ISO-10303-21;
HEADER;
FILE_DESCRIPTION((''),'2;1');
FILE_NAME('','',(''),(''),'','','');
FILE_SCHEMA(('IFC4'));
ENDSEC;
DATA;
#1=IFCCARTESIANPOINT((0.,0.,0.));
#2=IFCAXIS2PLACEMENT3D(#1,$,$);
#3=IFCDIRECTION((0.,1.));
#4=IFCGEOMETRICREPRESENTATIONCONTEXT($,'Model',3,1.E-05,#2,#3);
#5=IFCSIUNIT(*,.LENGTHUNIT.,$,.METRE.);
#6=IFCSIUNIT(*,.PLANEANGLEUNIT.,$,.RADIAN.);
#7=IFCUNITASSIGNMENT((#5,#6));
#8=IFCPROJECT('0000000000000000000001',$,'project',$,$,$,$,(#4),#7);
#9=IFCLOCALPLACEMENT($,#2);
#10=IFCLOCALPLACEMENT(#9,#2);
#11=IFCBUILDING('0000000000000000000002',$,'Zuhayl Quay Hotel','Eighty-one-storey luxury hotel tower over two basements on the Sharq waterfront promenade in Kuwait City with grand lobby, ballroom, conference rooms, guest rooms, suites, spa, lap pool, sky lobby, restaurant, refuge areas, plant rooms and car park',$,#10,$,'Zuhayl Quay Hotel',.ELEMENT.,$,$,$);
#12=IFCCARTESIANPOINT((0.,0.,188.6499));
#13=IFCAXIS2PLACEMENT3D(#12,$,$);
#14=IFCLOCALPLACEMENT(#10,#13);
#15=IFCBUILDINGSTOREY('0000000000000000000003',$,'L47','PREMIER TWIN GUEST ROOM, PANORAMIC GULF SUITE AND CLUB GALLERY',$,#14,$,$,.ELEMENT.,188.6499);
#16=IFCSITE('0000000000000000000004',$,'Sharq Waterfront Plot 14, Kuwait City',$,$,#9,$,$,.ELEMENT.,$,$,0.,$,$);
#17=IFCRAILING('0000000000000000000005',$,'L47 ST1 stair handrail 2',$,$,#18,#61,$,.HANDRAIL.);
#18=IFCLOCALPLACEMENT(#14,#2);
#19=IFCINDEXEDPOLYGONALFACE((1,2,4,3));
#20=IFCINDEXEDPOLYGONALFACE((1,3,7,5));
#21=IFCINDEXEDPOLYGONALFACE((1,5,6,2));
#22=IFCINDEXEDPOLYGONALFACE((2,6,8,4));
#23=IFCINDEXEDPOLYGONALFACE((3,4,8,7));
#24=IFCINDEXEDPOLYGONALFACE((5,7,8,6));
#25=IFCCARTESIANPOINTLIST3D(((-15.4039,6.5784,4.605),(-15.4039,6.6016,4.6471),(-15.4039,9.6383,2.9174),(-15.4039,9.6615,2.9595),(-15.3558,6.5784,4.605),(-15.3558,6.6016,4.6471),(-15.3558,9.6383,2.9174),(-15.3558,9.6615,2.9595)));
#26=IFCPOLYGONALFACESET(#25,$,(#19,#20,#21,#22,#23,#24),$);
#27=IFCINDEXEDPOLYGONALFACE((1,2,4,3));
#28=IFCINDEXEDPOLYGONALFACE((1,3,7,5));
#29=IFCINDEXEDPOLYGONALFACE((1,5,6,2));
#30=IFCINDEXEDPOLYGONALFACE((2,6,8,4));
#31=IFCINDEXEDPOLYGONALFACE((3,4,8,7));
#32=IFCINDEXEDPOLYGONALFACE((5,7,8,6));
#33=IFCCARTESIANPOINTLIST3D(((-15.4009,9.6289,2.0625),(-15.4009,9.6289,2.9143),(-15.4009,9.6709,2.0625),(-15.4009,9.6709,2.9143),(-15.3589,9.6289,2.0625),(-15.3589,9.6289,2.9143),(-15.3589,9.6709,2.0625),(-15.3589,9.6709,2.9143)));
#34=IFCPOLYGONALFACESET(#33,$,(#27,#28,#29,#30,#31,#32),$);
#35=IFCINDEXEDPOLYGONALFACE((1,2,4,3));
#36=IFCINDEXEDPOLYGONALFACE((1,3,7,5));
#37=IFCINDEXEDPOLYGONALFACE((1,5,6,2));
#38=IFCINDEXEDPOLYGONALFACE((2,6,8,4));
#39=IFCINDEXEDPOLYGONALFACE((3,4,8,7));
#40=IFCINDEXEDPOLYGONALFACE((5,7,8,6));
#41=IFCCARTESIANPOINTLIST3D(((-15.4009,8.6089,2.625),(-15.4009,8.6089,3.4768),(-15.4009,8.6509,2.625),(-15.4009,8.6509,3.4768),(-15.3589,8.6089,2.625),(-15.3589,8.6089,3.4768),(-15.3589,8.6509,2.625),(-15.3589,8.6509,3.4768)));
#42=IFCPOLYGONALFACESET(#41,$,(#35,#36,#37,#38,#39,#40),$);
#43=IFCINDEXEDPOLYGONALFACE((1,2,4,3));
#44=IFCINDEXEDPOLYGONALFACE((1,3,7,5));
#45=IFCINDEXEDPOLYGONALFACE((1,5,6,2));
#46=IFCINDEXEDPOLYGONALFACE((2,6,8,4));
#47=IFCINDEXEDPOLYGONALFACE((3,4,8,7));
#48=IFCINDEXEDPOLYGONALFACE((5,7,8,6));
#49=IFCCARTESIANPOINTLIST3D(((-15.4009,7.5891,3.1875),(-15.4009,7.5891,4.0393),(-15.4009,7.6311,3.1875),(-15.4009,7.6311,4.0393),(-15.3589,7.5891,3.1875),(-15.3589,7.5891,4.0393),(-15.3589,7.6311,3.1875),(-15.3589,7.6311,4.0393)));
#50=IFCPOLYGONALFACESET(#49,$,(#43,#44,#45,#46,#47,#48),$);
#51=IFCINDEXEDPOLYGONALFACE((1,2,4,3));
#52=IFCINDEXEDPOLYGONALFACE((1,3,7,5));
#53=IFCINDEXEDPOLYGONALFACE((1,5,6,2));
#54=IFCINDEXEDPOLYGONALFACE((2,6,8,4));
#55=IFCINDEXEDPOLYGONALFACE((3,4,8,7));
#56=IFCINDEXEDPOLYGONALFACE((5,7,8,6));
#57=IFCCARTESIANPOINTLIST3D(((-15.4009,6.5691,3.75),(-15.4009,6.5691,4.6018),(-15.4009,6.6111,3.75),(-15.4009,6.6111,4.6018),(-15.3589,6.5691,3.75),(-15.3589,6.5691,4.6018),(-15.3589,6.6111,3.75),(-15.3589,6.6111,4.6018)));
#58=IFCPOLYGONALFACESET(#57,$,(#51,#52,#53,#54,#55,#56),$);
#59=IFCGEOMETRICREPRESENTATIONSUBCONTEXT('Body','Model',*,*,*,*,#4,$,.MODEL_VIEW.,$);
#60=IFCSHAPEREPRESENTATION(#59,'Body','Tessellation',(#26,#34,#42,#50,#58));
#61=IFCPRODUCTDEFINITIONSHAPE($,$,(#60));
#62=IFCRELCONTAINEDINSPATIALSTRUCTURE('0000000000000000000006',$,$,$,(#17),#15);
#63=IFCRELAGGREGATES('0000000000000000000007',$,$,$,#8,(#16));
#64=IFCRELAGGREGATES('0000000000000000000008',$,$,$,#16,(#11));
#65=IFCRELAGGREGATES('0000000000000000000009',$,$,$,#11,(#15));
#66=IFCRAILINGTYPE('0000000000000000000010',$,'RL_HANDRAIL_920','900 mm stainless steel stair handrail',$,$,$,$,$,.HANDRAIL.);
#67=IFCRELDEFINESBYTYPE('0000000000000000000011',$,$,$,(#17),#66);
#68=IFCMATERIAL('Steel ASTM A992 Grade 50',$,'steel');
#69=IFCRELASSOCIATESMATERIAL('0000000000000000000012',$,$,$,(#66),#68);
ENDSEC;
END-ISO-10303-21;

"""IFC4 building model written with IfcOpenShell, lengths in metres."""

from ifc_helpers import new_model, si_unit, direction, frame, origin, origin_2d, place, context, subcontext, project, spatial, rectangle, extrude, material, type_object, element, save


model = new_model("IFC4")

# Units and contexts
model_context = context("Model", 3, precision=1e-05, world=origin(), true_north=direction((0.0, 1.0)))
body_context = subcontext(model_context, "Body", "Model", "MODEL_VIEW")
ifc_project = project(units=[si_unit("LENGTHUNIT", "METRE"), si_unit("PLANEANGLEUNIT", "RADIAN")], contexts=[model_context])

# Site, building, storey
site_placement = place(None, origin())
site = spatial("IfcSite", under=ifc_project, at=site_placement, Name="Sharq Waterfront Plot 14, Kuwait City", CompositionType="ELEMENT", RefElevation=0.0)
building_placement = place(site_placement, origin())
building = spatial("IfcBuilding", under=site, at=building_placement, Name="Zuhayl Quay Hotel", Description="Eighty-one-storey luxury hotel tower over two basements on the Sharq waterfront promenade in Kuwait City with grand lobby, ballroom, conference rooms, guest rooms, suites, spa, lap pool, sky lobby, restaurant, refuge areas, plant rooms and car park", LongName="Zuhayl Quay Hotel", CompositionType="ELEMENT")
storey_placement = place(building_placement, frame((0.0, 0.0, 188.6499)))
storey = spatial("IfcBuildingStorey", under=building, at=storey_placement, Name="L47", Description="PREMIER TWIN GUEST ROOM, PANORAMIC GULF SUITE AND CLUB GALLERY", CompositionType="ELEMENT", Elevation=188.6499)

# Railing
ifc_material_1 = material(Name="Steel ASTM A992 Grade 50", Category="steel")
railing_type_1 = type_object("IfcRailingType", Name="RL_HANDRAIL_920", Description="900 mm stainless steel stair handrail", PredefinedType="HANDRAIL", material=ifc_material_1)
railing_1_placement = place(storey_placement, frame((-15.3799, 9.6499, 2.0625)))
element("IfcRailing", 1, at=railing_1_placement, inside=storey, type_object=railing_type_1, Name="L47 ST1 stair handrail 2", PredefinedType="HANDRAIL", context=body_context, shape_type="SweptSolid", body=[
    extrude(rectangle(XDim=0.0481, YDim=0.0481, at=origin_2d()), frame((0.0, 0.0, 0.876), z_axis=(0.0, -0.875659, 0.48293), x_axis=(1.0, 0.0, 0.0)), (0.0, 0.0, 1.0), 3.4944),
    extrude(rectangle(XDim=0.042, YDim=0.042, at=origin_2d()), origin(), (0.0, 0.0, 1.0), 0.8518),
    extrude(rectangle(XDim=0.042, YDim=0.042, at=origin_2d()), frame((0.0, -1.02, 0.5625)), (0.0, 0.0, 1.0), 0.8518),
    extrude(rectangle(XDim=0.042, YDim=0.042, at=origin_2d()), frame((0.0, -2.0398, 1.125)), (0.0, 0.0, 1.0), 0.8518),
    extrude(rectangle(XDim=0.042, YDim=0.042, at=origin_2d()), frame((0.0, -3.0598, 1.6875)), (0.0, 0.0, 1.0), 0.8518),
])

save(model, "model.ifc")
